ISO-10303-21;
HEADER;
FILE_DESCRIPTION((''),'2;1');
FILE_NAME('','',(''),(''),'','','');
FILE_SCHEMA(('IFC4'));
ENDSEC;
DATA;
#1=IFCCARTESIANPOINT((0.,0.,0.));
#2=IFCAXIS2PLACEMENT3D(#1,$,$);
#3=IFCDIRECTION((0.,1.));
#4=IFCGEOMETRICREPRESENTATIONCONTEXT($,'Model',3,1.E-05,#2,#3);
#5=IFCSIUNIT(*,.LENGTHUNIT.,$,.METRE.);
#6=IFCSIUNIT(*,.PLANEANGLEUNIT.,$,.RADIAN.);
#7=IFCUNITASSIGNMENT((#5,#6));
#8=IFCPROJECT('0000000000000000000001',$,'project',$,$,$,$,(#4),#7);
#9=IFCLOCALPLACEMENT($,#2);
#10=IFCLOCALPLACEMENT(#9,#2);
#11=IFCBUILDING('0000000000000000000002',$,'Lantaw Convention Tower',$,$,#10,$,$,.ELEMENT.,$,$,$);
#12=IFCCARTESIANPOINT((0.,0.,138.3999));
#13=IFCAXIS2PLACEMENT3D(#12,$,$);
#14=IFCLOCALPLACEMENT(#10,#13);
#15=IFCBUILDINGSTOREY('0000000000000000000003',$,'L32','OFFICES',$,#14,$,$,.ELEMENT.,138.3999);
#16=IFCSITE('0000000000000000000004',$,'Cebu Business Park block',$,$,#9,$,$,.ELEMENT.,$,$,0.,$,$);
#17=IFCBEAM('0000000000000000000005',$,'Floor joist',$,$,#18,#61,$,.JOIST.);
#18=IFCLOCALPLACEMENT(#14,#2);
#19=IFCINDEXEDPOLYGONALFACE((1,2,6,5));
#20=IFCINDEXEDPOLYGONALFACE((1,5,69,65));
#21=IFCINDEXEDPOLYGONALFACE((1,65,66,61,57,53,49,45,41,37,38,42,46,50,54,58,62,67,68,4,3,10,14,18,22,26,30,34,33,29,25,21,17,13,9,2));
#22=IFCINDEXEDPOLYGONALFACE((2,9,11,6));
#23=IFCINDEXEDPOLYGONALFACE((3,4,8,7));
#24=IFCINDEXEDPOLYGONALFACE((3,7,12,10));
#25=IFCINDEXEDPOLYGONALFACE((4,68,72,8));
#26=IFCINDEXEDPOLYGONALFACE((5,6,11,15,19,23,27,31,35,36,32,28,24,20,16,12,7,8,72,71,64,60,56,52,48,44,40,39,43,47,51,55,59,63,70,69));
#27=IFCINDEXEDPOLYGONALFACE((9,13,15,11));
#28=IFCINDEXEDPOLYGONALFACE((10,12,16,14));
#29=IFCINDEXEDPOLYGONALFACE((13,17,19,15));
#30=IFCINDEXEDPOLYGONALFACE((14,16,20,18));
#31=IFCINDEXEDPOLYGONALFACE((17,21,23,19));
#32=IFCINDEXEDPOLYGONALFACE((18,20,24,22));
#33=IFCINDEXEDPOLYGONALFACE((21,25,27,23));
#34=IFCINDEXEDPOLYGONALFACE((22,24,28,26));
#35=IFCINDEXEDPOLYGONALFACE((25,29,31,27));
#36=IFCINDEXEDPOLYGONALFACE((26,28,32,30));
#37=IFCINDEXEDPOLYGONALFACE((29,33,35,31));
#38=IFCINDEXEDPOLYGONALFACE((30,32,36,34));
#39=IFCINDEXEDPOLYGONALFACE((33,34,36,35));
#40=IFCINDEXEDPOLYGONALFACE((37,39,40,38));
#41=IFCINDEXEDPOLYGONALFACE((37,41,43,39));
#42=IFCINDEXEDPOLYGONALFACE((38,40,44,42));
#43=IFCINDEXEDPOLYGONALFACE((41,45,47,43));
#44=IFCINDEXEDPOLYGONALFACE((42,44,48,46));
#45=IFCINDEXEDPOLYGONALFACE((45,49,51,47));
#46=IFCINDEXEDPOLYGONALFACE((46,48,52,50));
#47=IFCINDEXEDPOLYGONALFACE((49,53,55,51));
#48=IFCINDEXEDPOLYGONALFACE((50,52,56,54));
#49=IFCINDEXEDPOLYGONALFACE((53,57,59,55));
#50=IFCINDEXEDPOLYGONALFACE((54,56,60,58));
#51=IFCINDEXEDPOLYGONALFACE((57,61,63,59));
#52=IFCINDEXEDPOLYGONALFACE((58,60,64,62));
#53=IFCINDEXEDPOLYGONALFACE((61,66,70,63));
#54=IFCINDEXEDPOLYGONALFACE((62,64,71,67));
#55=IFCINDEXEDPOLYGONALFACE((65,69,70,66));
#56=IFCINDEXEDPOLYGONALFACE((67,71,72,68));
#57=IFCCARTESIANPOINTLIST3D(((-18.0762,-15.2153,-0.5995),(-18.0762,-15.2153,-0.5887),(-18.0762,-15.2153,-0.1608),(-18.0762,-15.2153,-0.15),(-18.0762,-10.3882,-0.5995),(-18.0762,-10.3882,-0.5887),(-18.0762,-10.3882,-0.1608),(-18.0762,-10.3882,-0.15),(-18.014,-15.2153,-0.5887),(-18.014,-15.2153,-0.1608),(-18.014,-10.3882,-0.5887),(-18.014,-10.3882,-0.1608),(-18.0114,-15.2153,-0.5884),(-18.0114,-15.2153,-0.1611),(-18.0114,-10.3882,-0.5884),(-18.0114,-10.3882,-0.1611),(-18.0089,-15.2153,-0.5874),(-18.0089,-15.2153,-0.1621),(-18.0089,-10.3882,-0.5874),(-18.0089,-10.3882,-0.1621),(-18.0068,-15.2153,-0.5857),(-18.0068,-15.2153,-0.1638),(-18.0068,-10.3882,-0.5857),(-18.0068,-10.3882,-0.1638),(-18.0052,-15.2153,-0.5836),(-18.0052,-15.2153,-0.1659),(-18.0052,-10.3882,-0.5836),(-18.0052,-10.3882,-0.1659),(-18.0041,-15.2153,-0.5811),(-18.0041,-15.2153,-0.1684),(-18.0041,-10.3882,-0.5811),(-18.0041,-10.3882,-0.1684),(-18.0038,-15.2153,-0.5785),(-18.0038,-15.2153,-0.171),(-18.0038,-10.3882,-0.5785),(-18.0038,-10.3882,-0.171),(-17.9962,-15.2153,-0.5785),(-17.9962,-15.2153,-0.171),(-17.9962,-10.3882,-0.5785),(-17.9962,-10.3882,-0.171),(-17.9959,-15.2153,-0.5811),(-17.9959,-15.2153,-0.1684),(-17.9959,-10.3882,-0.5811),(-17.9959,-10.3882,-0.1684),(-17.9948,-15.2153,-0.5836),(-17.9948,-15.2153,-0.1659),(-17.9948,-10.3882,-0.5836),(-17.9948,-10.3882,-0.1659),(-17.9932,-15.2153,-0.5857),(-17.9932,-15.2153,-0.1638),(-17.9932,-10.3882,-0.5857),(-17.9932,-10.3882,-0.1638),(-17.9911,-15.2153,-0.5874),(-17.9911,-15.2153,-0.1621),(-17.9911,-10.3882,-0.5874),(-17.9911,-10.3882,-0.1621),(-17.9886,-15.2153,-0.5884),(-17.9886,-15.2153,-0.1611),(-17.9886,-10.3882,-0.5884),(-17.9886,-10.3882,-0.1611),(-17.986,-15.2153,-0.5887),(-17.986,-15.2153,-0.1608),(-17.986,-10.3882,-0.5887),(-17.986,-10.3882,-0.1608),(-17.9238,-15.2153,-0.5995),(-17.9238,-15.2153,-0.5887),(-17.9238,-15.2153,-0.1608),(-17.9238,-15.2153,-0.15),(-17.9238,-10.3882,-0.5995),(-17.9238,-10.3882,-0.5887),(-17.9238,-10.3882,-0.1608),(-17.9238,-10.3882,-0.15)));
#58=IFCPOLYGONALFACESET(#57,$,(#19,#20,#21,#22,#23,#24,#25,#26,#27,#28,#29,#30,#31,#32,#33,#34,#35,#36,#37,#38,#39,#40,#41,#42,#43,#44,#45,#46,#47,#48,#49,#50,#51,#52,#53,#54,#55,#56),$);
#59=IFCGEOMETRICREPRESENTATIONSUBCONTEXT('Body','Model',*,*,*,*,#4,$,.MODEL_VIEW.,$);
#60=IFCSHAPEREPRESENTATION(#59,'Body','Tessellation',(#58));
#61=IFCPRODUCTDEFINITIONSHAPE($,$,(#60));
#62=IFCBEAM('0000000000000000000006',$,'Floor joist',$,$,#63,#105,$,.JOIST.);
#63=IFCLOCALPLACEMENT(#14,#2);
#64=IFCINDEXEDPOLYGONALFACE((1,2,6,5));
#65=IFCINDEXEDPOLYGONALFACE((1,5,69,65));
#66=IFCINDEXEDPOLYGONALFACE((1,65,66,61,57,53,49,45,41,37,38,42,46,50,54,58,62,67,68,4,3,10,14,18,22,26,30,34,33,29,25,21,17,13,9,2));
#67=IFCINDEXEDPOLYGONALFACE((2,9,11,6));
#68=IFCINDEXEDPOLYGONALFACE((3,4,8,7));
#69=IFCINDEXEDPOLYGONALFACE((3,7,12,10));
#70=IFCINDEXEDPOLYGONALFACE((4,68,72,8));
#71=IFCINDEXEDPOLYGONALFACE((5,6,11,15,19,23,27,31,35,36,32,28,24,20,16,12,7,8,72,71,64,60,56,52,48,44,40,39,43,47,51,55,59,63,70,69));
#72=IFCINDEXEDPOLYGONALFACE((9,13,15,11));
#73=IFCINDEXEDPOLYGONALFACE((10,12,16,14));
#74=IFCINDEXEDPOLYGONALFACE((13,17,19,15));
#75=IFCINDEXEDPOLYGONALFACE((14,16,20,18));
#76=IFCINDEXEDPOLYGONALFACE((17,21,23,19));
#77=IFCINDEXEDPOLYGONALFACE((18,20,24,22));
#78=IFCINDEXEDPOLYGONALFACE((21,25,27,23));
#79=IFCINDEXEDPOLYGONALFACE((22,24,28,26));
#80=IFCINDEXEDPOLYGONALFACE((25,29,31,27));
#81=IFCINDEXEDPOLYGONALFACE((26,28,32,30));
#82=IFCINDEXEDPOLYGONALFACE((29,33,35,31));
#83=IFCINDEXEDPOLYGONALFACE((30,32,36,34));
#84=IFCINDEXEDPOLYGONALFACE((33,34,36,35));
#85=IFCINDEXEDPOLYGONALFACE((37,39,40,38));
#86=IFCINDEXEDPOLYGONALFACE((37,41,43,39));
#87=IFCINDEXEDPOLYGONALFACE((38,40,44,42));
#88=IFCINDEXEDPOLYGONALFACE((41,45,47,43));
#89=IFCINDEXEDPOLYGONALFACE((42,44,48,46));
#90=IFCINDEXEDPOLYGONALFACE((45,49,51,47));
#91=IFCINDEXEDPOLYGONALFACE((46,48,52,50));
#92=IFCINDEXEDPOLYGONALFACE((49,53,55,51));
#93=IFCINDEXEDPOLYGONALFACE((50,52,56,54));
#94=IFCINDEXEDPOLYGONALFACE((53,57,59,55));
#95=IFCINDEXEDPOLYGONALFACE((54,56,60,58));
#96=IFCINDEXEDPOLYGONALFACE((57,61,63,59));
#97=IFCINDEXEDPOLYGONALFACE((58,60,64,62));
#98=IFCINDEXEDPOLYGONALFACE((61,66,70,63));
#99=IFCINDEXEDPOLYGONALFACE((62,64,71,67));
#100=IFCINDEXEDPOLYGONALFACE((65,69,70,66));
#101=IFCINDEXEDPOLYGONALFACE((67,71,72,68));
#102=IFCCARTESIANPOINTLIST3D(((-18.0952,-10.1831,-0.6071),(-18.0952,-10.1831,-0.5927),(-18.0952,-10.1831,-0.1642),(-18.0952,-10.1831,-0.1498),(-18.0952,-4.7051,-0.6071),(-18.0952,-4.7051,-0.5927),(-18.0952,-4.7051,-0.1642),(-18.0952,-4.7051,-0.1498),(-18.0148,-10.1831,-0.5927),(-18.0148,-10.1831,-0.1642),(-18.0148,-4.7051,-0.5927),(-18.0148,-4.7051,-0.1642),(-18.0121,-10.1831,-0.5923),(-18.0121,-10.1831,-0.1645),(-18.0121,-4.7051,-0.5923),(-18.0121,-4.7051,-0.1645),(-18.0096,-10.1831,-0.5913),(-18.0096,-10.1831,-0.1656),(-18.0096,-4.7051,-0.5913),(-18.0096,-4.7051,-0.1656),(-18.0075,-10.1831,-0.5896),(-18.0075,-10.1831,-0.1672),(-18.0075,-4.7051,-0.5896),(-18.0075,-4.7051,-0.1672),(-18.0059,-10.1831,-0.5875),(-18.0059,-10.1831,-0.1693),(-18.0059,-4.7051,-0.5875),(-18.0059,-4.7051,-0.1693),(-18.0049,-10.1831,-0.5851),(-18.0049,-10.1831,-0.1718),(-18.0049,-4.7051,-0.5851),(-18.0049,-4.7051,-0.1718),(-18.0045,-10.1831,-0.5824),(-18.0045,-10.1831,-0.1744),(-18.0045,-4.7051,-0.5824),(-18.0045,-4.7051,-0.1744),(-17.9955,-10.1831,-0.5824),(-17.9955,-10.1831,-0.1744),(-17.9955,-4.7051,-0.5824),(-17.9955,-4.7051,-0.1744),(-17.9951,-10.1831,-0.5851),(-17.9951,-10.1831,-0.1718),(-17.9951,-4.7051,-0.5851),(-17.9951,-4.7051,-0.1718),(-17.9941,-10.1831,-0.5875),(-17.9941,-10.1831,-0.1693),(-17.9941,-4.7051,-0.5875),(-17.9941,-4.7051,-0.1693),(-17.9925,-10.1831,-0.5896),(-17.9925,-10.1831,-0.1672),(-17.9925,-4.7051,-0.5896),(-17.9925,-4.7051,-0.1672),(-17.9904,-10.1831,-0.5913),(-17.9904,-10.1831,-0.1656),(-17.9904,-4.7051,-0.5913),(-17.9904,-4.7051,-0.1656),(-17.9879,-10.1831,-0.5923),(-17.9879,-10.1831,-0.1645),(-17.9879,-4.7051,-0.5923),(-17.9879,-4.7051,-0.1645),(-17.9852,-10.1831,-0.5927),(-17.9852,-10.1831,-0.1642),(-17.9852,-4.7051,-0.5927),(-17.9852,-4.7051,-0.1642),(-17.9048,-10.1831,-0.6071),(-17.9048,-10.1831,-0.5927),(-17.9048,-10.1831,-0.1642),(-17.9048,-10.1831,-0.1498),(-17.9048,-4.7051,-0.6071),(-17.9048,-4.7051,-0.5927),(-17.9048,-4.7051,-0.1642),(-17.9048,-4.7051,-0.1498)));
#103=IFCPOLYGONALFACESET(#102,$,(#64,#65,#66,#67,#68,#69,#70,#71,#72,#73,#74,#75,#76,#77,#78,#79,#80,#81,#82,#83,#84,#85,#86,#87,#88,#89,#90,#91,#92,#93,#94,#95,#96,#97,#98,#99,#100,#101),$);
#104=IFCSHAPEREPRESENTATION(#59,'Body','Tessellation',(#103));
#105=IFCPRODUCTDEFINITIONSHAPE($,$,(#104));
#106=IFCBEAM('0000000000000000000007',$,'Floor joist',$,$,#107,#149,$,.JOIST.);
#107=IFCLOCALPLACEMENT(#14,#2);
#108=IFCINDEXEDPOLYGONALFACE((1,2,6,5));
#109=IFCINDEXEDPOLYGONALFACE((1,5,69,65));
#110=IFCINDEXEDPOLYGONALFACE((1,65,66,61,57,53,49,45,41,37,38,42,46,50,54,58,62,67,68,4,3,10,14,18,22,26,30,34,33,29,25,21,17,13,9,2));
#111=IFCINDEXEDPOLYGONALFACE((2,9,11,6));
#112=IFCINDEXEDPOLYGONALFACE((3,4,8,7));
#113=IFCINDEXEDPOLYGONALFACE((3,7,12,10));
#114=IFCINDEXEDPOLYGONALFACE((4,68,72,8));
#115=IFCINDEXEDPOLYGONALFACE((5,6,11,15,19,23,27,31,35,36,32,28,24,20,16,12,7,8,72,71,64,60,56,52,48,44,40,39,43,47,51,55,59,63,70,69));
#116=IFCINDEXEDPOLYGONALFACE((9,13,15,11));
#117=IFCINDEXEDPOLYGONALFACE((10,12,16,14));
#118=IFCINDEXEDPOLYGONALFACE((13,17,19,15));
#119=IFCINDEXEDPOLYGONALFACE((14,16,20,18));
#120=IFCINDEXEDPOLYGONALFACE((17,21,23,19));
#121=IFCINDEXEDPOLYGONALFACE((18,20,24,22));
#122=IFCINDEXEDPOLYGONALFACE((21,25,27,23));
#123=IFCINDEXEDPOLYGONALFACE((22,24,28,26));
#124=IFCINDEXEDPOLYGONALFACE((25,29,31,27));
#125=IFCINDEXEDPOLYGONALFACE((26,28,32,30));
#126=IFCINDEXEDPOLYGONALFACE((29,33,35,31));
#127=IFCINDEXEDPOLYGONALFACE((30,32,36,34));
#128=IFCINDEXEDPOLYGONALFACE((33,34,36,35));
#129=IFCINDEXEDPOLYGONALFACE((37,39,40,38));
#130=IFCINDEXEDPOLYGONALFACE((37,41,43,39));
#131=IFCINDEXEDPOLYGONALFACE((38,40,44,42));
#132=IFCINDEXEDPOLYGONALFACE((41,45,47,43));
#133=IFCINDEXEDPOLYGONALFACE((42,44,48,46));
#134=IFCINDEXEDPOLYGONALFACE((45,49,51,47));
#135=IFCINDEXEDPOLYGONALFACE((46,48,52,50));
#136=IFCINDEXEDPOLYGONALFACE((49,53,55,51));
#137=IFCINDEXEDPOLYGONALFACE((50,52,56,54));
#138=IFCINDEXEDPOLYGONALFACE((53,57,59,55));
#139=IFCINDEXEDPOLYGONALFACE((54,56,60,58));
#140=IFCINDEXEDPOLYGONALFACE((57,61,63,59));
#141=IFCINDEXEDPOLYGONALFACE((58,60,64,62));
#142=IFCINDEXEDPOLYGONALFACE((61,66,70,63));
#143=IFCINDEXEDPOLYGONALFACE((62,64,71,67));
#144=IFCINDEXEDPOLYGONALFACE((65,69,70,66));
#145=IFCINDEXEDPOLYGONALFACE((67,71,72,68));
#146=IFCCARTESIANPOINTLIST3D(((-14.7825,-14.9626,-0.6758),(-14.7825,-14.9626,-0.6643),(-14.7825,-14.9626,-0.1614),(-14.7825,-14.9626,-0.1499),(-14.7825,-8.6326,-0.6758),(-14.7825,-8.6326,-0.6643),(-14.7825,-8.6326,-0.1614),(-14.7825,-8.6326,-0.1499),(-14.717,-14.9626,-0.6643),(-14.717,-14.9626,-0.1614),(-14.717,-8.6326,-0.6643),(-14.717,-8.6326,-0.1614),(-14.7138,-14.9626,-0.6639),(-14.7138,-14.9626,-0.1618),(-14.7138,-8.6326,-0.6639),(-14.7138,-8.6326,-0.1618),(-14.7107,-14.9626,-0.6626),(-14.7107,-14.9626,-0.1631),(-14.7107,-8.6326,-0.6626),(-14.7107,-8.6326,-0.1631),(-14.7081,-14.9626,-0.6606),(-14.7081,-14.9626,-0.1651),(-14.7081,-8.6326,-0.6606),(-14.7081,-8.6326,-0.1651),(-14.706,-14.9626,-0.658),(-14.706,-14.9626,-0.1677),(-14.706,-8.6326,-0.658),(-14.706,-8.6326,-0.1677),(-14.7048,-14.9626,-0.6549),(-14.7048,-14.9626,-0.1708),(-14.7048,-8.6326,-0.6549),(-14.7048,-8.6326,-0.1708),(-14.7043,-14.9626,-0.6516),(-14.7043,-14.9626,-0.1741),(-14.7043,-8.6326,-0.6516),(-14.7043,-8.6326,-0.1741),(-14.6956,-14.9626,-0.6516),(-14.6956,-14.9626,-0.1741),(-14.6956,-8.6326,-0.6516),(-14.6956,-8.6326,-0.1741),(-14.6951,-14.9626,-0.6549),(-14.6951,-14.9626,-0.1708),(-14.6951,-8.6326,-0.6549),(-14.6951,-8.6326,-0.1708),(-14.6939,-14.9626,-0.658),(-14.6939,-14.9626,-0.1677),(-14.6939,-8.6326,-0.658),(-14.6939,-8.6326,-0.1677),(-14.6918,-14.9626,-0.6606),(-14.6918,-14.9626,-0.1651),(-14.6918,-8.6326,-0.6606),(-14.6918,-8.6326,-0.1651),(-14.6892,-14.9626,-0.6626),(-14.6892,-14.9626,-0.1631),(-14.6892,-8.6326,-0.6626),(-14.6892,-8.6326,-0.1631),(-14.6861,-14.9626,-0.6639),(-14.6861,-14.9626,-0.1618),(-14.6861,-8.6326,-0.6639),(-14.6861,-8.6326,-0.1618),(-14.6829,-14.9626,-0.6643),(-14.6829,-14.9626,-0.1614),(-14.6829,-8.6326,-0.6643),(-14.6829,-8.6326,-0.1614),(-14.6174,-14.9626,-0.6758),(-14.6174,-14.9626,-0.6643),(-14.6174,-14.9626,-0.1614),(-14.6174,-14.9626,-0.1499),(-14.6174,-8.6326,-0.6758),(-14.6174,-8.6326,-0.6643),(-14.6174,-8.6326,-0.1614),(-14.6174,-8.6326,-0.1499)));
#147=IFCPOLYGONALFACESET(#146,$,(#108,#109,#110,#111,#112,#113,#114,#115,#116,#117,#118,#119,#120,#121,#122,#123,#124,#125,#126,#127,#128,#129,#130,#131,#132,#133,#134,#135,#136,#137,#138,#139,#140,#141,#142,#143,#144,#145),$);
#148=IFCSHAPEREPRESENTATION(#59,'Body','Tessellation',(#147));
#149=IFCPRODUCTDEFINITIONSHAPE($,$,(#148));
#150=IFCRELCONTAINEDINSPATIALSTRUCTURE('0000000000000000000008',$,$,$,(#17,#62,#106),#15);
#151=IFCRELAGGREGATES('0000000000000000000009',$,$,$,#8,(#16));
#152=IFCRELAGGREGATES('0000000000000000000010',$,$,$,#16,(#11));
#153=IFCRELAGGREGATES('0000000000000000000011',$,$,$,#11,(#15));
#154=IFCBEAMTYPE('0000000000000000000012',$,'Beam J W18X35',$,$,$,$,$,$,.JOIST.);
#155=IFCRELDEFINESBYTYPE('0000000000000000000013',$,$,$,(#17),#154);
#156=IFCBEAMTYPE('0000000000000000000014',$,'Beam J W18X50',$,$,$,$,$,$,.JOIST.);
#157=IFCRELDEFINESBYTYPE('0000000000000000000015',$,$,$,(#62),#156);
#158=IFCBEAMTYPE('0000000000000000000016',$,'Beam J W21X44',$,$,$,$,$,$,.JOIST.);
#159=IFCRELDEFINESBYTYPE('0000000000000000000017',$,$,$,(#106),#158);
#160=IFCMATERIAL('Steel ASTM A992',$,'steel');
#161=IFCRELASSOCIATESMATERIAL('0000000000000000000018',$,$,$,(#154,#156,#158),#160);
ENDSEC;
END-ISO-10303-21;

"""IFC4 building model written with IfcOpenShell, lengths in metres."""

from ifc_helpers import new_model, si_unit, direction, frame, origin, origin_2d, place, context, subcontext, project, spatial, i_section, extrude, material, material_profile, profile_set, type_object, element, save


model = new_model("IFC4")

# Units and contexts
model_context = context("Model", 3, precision=1e-05, world=origin(), true_north=direction((0.0, 1.0)))
body_context = subcontext(model_context, "Body", "Model", "MODEL_VIEW")
ifc_project = project(units=[si_unit("LENGTHUNIT", "METRE"), si_unit("PLANEANGLEUNIT", "RADIAN")], contexts=[model_context])

# Site, building, storey
site_placement = place(None, origin())
site = spatial("IfcSite", under=ifc_project, at=site_placement, Name="Cebu Business Park block", CompositionType="ELEMENT", RefElevation=0.0)
building_placement = place(site_placement, origin())
building = spatial("IfcBuilding", under=site, at=building_placement, Name="Lantaw Convention Tower", CompositionType="ELEMENT")
storey_placement = place(building_placement, frame((0.0, 0.0, 138.3999)))
storey = spatial("IfcBuildingStorey", under=building, at=storey_placement, Name="L32", Description="OFFICES", CompositionType="ELEMENT", Elevation=138.3999)

# Beams
ifc_material_1 = material(Name="Steel ASTM A992", Category="steel")
ifc_material_profile_1 = material_profile(ifc_material_1, i_section(OverallWidth=0.1523, OverallDepth=0.4495, WebThickness=0.0076, FlangeThickness=0.0107, FilletRadius=0.0103, at=origin_2d()), Name="W18X35")
ifc_profile_set_1 = profile_set([ifc_material_profile_1], Name="Steel ASTM A992")
beam_type_1 = type_object("IfcBeamType", Name="Beam J W18X35", PredefinedType="JOIST", material=ifc_profile_set_1)
beam_1_placement = place(storey_placement, frame((-18.0, -15.2153, -0.3748), z_axis=(0.0, 1.0, 0.0), x_axis=(-1.0, 0.0, 0.0)))
element("IfcBeam", 1, at=beam_1_placement, inside=storey, type_object=beam_type_1, Name="Floor joist", PredefinedType="JOIST", context=body_context, shape_type="SweptSolid", body=[
    extrude(i_section(OverallWidth=0.1523, OverallDepth=0.4495, WebThickness=0.0076, FlangeThickness=0.0107, FilletRadius=0.0103, at=origin_2d()), origin(), (0.0, 0.0, 1.0), 4.8271),
])
ifc_material_profile_2 = material_profile(ifc_material_1, i_section(OverallWidth=0.1904, OverallDepth=0.4573, WebThickness=0.009, FlangeThickness=0.0144, FilletRadius=0.0103, at=origin_2d()), Name="W18X50")
ifc_profile_set_2 = profile_set([ifc_material_profile_2], Name="Steel ASTM A992")
beam_type_2 = type_object("IfcBeamType", Name="Beam J W18X50", PredefinedType="JOIST", material=ifc_profile_set_2)
beam_2_placement = place(storey_placement, frame((-18.0, -10.1831, -0.3784), z_axis=(0.0, 1.0, 0.0), x_axis=(-1.0, 0.0, 0.0)))
element("IfcBeam", 2, at=beam_2_placement, inside=storey, type_object=beam_type_2, Name="Floor joist", PredefinedType="JOIST", context=body_context, shape_type="SweptSolid", body=[
    extrude(i_section(OverallWidth=0.1904, OverallDepth=0.4573, WebThickness=0.009, FlangeThickness=0.0144, FilletRadius=0.0103, at=origin_2d()), origin(), (0.0, 0.0, 1.0), 5.478),
])
ifc_material_profile_3 = material_profile(ifc_material_1, i_section(OverallWidth=0.165, OverallDepth=0.5259, WebThickness=0.0088, FlangeThickness=0.0115, FilletRadius=0.0127, at=origin_2d()), Name="W21X44")
ifc_profile_set_3 = profile_set([ifc_material_profile_3], Name="Steel ASTM A992")
beam_type_3 = type_object("IfcBeamType", Name="Beam J W21X44", PredefinedType="JOIST", material=ifc_profile_set_3)
beam_3_placement = place(storey_placement, frame((-14.7, -14.9626, -0.4128), z_axis=(0.0, 1.0, 0.0), x_axis=(-1.0, 0.0, 0.0)))
element("IfcBeam", 3, at=beam_3_placement, inside=storey, type_object=beam_type_3, Name="Floor joist", PredefinedType="JOIST", context=body_context, shape_type="SweptSolid", body=[
    extrude(i_section(OverallWidth=0.165, OverallDepth=0.5259, WebThickness=0.0088, FlangeThickness=0.0115, FilletRadius=0.0127, at=origin_2d()), origin(), (0.0, 0.0, 1.0), 6.3301),
])

save(model, "model.ifc")
